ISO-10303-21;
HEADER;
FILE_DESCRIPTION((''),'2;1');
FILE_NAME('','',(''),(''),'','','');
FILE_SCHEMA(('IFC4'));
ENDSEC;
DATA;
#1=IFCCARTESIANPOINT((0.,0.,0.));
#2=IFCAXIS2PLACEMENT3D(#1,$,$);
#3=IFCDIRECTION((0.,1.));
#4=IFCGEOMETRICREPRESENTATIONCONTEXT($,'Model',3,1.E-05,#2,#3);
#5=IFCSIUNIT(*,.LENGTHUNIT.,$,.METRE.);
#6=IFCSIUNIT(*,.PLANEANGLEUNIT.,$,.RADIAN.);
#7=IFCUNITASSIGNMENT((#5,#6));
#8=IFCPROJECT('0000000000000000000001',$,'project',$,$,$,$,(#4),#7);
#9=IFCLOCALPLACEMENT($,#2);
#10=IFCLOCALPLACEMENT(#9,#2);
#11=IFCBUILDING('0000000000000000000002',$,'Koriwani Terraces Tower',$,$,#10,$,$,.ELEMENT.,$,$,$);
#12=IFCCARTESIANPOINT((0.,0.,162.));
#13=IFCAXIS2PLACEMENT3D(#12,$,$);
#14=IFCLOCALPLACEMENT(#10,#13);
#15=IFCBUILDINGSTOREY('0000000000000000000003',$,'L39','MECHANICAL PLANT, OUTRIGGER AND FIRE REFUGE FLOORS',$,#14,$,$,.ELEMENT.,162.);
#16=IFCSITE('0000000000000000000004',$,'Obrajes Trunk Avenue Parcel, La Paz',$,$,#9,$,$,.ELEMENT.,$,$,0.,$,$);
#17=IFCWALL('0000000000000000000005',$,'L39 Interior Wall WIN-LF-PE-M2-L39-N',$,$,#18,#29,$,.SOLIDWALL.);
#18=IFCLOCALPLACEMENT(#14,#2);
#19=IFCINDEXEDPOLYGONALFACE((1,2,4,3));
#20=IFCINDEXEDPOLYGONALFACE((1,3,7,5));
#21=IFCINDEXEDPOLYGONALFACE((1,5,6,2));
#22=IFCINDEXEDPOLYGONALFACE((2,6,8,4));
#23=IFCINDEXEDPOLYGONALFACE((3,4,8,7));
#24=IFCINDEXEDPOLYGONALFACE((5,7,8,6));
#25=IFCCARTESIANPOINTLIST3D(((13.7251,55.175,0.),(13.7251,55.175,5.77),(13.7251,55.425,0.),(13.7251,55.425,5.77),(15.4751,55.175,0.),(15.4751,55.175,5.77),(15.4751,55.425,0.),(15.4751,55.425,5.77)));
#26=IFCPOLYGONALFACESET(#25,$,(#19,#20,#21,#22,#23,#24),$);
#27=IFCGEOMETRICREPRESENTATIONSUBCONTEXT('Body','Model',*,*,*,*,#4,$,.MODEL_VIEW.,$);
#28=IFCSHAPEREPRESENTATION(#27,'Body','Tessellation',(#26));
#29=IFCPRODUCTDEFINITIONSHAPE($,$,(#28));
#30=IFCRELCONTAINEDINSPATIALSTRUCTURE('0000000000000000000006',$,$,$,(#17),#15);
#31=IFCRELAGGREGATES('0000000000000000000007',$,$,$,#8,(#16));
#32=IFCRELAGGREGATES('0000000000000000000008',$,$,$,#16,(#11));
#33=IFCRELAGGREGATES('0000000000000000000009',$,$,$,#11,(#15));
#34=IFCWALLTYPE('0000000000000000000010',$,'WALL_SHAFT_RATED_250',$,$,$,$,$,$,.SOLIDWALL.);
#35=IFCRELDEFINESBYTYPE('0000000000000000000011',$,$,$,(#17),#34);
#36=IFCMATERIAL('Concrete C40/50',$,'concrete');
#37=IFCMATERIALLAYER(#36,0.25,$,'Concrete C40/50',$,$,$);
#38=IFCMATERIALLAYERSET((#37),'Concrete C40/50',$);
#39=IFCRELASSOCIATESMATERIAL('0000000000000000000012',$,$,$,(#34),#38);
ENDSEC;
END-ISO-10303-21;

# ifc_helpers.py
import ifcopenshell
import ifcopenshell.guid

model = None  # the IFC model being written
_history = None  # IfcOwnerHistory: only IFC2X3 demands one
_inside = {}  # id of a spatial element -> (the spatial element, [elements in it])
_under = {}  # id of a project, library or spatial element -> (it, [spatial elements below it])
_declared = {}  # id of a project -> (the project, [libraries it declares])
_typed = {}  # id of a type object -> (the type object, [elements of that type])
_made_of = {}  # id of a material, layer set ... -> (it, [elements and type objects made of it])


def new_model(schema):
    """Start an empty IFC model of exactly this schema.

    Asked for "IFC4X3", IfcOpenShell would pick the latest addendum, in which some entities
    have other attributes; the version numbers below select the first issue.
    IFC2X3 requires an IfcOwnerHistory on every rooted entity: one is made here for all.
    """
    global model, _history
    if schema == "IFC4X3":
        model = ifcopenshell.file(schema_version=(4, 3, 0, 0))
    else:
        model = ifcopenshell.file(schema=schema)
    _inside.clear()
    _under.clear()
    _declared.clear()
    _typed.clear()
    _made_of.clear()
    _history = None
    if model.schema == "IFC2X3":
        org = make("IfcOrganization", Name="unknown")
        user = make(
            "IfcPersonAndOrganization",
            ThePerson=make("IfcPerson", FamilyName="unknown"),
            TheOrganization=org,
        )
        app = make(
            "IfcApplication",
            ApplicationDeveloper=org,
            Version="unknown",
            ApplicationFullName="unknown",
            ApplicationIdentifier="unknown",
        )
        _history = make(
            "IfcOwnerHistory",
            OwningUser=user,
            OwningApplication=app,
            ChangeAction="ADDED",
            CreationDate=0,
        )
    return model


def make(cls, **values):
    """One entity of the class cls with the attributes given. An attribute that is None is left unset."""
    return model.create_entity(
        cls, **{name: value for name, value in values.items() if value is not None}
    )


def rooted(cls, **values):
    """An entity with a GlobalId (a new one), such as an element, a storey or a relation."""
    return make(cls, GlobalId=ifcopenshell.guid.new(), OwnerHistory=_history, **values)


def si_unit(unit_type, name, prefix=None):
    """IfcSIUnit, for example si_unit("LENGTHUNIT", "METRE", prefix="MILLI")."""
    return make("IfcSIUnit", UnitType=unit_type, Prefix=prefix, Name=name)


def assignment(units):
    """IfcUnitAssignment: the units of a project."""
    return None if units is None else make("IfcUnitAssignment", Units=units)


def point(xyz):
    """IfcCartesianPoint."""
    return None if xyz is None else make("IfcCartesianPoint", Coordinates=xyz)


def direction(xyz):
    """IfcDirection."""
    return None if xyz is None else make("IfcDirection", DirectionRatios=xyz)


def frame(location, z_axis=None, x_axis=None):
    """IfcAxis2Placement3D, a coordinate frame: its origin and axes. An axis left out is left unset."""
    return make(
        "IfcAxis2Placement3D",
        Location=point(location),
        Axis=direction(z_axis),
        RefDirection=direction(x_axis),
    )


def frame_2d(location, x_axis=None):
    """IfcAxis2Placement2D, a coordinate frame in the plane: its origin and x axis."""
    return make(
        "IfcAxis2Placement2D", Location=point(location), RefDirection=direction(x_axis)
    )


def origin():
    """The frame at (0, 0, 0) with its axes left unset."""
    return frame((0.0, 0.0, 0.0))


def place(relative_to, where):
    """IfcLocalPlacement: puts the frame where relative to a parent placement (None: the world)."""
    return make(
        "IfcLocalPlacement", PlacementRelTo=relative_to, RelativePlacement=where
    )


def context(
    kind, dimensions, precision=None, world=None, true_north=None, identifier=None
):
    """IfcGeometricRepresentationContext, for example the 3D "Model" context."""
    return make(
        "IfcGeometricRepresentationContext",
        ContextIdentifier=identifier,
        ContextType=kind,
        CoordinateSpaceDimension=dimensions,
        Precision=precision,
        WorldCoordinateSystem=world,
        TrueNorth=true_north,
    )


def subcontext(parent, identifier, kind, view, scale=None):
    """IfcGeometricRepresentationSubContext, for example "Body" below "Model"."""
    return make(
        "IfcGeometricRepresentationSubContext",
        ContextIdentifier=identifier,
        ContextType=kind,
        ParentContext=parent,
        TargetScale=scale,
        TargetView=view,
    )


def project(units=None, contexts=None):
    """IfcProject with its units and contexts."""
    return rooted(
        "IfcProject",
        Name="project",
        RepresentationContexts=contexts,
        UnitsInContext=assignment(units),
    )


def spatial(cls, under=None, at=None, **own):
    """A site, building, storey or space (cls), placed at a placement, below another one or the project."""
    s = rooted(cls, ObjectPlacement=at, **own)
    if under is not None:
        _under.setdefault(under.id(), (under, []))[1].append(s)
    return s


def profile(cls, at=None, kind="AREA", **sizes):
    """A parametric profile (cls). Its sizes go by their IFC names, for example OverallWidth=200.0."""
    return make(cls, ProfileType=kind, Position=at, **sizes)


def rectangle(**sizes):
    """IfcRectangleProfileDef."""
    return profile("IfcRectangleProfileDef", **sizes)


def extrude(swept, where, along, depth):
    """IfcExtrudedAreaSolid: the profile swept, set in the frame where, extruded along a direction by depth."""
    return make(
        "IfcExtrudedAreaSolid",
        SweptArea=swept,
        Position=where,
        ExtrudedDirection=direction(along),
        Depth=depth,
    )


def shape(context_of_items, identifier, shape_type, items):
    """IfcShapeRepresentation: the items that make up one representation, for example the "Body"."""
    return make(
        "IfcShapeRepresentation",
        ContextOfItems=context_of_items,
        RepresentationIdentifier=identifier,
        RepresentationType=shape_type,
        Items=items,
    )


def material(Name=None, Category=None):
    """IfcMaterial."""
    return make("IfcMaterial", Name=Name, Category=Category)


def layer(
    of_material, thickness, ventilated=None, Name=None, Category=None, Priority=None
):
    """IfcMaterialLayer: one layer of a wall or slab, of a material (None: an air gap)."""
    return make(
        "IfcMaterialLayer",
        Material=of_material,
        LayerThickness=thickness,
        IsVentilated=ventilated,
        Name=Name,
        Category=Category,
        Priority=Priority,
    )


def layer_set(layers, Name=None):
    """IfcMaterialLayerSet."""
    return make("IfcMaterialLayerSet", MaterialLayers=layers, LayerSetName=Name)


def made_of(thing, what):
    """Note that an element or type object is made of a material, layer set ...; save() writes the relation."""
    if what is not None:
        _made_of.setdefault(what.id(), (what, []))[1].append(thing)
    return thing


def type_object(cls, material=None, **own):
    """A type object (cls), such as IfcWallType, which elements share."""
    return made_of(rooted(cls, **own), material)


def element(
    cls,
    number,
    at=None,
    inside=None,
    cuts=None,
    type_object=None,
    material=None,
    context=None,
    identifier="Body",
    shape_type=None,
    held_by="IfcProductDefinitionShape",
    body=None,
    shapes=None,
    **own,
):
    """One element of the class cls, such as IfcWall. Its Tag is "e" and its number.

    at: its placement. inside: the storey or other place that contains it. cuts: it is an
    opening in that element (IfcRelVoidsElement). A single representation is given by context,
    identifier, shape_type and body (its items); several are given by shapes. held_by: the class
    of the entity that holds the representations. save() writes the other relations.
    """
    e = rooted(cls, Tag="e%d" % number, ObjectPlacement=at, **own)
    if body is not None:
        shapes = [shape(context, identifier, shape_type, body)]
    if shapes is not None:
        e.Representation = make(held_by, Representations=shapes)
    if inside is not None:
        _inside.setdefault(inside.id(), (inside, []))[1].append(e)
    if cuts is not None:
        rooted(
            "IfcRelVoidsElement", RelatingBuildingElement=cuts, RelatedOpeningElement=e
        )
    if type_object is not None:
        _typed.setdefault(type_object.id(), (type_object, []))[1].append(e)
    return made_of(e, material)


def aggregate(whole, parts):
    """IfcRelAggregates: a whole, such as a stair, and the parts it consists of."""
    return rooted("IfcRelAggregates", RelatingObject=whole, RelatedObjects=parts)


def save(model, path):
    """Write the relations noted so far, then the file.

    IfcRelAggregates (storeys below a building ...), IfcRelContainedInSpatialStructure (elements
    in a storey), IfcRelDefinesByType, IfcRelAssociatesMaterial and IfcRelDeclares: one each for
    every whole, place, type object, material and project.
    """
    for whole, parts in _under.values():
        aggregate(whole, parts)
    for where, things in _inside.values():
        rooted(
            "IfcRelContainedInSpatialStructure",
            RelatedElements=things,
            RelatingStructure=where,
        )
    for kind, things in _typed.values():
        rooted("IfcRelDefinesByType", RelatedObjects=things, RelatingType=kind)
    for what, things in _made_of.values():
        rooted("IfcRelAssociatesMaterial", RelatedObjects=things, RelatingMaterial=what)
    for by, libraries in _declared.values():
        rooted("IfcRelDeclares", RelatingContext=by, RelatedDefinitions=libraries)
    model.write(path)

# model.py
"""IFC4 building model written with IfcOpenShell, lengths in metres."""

from ifc_helpers import new_model, si_unit, direction, frame, frame_2d, origin, place, context, subcontext, project, spatial, rectangle, extrude, material, layer, layer_set, type_object, element, save


model = new_model("IFC4")

# Units and contexts
model_context = context("Model", 3, precision=1e-05, world=origin(), true_north=direction((0.0, 1.0)))
body_context = subcontext(model_context, "Body", "Model", "MODEL_VIEW")
ifc_project = project(units=[si_unit("LENGTHUNIT", "METRE"), si_unit("PLANEANGLEUNIT", "RADIAN")], contexts=[model_context])

# Site, building, storey
site_placement = place(None, origin())
site = spatial("IfcSite", under=ifc_project, at=site_placement, Name="Obrajes Trunk Avenue Parcel, La Paz", CompositionType="ELEMENT", RefElevation=0.0)
building_placement = place(site_placement, origin())
building = spatial("IfcBuilding", under=site, at=building_placement, Name="Koriwani Terraces Tower", CompositionType="ELEMENT")
storey_placement = place(building_placement, frame((0.0, 0.0, 162.0)))
storey = spatial("IfcBuildingStorey", under=building, at=storey_placement, Name="L39", Description="MECHANICAL PLANT, OUTRIGGER AND FIRE REFUGE FLOORS", CompositionType="ELEMENT", Elevation=162.0)

# Wall
ifc_material_1 = material(Name="Concrete C40/50", Category="concrete")
ifc_layer_1 = layer(ifc_material_1, 0.25, Name="Concrete C40/50")
ifc_layer_set_1 = layer_set([ifc_layer_1], Name="Concrete C40/50")
wall_type_1 = type_object("IfcWallType", Name="WALL_SHAFT_RATED_250", PredefinedType="SOLIDWALL", material=ifc_layer_set_1)
wall_1_placement = place(storey_placement, frame((13.7251, 55.3, 0.0), z_axis=(0.0, 0.0, 1.0), x_axis=(1.0, 0.0, 0.0)))
element("IfcWall", 1, at=wall_1_placement, inside=storey, type_object=wall_type_1, Name="L39 Interior Wall WIN-LF-PE-M2-L39-N", PredefinedType="SOLIDWALL", context=body_context, shape_type="SweptSolid", body=[
    extrude(rectangle(XDim=1.75, YDim=0.25, at=frame_2d((0.875, 0.0))), origin(), (0.0, 0.0, 1.0), 5.77),
])

save(model, "model.ifc")
